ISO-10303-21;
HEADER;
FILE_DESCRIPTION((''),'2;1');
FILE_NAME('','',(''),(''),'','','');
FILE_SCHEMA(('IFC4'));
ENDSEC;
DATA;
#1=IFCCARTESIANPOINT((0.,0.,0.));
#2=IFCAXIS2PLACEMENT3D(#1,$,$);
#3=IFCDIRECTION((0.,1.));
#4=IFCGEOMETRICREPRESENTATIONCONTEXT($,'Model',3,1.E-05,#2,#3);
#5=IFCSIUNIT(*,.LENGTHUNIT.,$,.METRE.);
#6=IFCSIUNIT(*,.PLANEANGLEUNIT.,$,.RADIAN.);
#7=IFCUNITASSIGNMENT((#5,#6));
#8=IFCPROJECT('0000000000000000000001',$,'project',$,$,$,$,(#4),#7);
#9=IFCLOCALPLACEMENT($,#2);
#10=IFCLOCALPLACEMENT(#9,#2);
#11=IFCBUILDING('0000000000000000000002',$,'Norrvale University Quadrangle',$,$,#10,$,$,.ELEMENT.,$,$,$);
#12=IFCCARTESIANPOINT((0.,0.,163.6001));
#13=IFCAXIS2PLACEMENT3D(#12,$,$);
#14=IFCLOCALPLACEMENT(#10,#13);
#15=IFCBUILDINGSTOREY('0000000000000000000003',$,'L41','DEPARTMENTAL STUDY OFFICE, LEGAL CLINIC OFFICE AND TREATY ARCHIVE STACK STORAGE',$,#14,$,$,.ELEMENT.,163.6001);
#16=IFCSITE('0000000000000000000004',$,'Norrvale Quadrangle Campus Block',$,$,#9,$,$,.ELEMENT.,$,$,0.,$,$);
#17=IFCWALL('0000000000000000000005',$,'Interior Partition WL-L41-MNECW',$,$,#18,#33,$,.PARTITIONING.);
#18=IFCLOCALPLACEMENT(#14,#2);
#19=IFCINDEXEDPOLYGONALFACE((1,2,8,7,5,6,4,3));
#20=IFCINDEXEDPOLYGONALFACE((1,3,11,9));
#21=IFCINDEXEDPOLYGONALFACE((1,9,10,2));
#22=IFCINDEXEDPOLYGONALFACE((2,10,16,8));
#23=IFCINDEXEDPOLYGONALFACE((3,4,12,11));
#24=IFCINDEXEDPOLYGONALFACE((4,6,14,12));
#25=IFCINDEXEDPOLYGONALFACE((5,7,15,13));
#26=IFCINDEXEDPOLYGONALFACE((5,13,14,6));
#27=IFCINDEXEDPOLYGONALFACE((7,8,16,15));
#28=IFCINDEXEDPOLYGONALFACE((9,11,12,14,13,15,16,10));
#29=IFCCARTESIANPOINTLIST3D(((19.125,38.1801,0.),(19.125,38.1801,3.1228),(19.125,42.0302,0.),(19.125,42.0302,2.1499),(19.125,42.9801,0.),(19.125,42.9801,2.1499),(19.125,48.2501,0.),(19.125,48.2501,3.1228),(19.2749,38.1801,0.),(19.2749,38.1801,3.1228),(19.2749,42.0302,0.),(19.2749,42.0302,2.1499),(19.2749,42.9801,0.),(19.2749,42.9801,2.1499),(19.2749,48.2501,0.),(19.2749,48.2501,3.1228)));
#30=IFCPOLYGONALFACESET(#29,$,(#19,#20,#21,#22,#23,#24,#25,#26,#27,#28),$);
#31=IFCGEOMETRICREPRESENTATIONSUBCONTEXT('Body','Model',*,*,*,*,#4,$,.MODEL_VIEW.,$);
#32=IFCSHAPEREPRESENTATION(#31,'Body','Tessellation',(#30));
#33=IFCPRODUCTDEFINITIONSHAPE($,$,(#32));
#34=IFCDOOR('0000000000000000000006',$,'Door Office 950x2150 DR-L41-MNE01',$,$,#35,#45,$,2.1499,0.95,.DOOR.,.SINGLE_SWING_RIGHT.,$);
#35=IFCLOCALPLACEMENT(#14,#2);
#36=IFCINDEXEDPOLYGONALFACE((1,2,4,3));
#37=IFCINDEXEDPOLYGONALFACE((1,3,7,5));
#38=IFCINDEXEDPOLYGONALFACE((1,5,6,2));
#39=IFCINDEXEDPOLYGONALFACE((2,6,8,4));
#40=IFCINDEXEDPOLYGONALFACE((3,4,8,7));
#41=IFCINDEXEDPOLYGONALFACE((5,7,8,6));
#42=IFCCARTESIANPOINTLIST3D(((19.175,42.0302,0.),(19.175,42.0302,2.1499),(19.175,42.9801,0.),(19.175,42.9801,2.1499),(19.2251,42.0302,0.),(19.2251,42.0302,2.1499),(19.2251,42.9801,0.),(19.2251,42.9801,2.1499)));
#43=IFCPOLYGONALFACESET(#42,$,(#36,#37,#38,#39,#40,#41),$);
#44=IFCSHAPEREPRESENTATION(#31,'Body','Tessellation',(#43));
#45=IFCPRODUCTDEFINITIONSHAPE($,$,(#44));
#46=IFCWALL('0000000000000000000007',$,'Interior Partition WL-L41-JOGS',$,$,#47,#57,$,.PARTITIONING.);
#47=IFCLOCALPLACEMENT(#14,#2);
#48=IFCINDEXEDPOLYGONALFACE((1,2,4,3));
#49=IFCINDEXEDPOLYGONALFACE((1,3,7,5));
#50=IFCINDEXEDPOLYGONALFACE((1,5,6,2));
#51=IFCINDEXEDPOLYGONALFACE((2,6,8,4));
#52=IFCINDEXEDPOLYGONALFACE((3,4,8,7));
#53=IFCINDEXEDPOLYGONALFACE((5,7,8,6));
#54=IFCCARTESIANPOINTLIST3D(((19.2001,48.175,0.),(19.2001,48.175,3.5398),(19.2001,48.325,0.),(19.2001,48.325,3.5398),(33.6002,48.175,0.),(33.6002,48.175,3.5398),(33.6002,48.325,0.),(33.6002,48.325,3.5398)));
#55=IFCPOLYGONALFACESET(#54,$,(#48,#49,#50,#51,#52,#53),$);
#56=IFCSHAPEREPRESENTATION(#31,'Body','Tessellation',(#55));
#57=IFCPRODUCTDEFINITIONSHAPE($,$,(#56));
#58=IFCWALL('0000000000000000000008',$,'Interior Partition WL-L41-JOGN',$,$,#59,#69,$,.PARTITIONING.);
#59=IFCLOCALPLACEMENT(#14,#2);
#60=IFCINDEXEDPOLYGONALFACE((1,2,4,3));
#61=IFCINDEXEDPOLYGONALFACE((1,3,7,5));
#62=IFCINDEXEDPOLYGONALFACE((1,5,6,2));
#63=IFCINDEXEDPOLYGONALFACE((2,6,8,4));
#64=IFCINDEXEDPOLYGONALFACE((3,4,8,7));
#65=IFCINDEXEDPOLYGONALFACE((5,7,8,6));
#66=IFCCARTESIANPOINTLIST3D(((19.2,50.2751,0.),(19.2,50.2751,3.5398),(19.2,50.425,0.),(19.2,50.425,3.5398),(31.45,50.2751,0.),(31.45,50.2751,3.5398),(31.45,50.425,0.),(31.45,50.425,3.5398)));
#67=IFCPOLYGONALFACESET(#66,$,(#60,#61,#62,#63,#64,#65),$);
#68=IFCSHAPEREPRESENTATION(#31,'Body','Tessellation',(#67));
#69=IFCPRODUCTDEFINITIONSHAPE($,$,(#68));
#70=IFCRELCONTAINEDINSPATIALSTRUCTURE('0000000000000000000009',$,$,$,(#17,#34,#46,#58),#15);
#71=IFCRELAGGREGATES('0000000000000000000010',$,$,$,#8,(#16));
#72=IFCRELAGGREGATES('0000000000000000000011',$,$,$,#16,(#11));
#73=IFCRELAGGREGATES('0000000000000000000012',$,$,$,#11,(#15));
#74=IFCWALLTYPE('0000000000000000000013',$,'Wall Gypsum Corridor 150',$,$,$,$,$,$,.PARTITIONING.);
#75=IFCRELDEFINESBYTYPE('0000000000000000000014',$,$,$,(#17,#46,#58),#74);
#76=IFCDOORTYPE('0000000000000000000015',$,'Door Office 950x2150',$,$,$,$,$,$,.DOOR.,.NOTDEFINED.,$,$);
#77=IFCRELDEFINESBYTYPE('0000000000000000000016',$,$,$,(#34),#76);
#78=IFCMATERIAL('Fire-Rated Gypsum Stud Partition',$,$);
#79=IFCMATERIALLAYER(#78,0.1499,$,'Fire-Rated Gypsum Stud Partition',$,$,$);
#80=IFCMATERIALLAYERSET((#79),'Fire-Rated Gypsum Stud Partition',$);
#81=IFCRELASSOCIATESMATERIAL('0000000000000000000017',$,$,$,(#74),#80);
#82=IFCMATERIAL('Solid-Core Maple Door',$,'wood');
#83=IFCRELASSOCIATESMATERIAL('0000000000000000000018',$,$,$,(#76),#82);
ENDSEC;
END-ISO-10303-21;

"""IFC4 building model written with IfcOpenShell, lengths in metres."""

from ifc_helpers import new_model, si_unit, direction, frame, frame_2d, origin, place, context, subcontext, project, spatial, rectangle, extrude, material, layer, layer_set, type_object, element, fill, save


model = new_model("IFC4")

# Units and contexts
model_context = context("Model", 3, precision=1e-05, world=origin(), true_north=direction((0.0, 1.0)))
body_context = subcontext(model_context, "Body", "Model", "MODEL_VIEW")
ifc_project = project(units=[si_unit("LENGTHUNIT", "METRE"), si_unit("PLANEANGLEUNIT", "RADIAN")], contexts=[model_context])

# Site, building, storey
site_placement = place(None, origin())
site = spatial("IfcSite", under=ifc_project, at=site_placement, Name="Norrvale Quadrangle Campus Block", CompositionType="ELEMENT", RefElevation=0.0)
building_placement = place(site_placement, origin())
building = spatial("IfcBuilding", under=site, at=building_placement, Name="Norrvale University Quadrangle", CompositionType="ELEMENT")
storey_placement = place(building_placement, frame((0.0, 0.0, 163.6001)))
storey = spatial("IfcBuildingStorey", under=building, at=storey_placement, Name="L41", Description="DEPARTMENTAL STUDY OFFICE, LEGAL CLINIC OFFICE AND TREATY ARCHIVE STACK STORAGE", CompositionType="ELEMENT", Elevation=163.6001)

# Shared definitions
ifc_material_1 = material(Name="Fire-Rated Gypsum Stud Partition")
ifc_layer_1 = layer(ifc_material_1, 0.1499, Name="Fire-Rated Gypsum Stud Partition")
ifc_layer_set_1 = layer_set([ifc_layer_1], Name="Fire-Rated Gypsum Stud Partition")
wall_type_1 = type_object("IfcWallType", Name="Wall Gypsum Corridor 150", PredefinedType="PARTITIONING", material=ifc_layer_set_1)

# Wall, opening, door
wall_1_placement = place(storey_placement, frame((19.2, 38.1799, 0.0), z_axis=(0.0, 0.0, 1.0), x_axis=(0.0, 1.0, 0.0)))
wall_1 = element("IfcWall", 1, at=wall_1_placement, inside=storey, type_object=wall_type_1, Name="Interior Partition WL-L41-MNECW", PredefinedType="PARTITIONING", context=body_context, shape_type="SweptSolid", body=[
    extrude(rectangle(XDim=10.0701, YDim=0.1499, at=frame_2d((5.0352, 0.0))), origin(), (0.0, 0.0, 1.0), 3.1228),
])
opening_placement = place(wall_1_placement, frame((3.8501, 0.0, 0.0)))
opening = element("IfcOpeningElement", 2, at=opening_placement, cuts=wall_1, PredefinedType="OPENING", context=body_context, shape_type="SweptSolid", body=[
    extrude(rectangle(XDim=0.95, YDim=2.1499, at=frame_2d((0.4751, 1.075))), frame((0.0, 0.0869, 0.0), z_axis=(0.0, -1.0, 0.0), x_axis=(1.0, 0.0, 0.0)), (0.0, 0.0, 1.0), 0.1738),
])
ifc_material_2 = material(Name="Solid-Core Maple Door", Category="wood")
door_type = type_object("IfcDoorType", Name="Door Office 950x2150", OperationType="NOTDEFINED", PredefinedType="DOOR", material=ifc_material_2)
door_placement = place(opening_placement, origin())
door = element("IfcDoor", 3, at=door_placement, inside=storey, type_object=door_type, Name="Door Office 950x2150 DR-L41-MNE01", OperationType="SINGLE_SWING_RIGHT", OverallHeight=2.1499, OverallWidth=0.95, PredefinedType="DOOR", context=body_context, shape_type="SweptSolid", body=[
    extrude(rectangle(XDim=0.95, YDim=2.1499, at=frame_2d((0.4751, 1.075))), frame((0.0, 0.0249, 0.0), z_axis=(0.0, -1.0, 0.0), x_axis=(1.0, 0.0, 0.0)), (0.0, 0.0, 1.0), 0.05),
])
fill(opening, door)

# Walls
wall_2_placement = place(storey_placement, frame((19.2, 48.25, 0.0), z_axis=(0.0, 0.0, 1.0), x_axis=(1.0, 0.0, 0.0)))
element("IfcWall", 4, at=wall_2_placement, inside=storey, type_object=wall_type_1, Name="Interior Partition WL-L41-JOGS", PredefinedType="PARTITIONING", context=body_context, shape_type="SweptSolid", body=[
    extrude(rectangle(XDim=14.4001, YDim=0.1499, at=frame_2d((7.2002, 0.0))), origin(), (0.0, 0.0, 1.0), 3.5398),
])
wall_3_placement = place(storey_placement, frame((19.2, 50.3501, 0.0), z_axis=(0.0, 0.0, 1.0), x_axis=(1.0, 0.0, 0.0)))
element("IfcWall", 5, at=wall_3_placement, inside=storey, type_object=wall_type_1, Name="Interior Partition WL-L41-JOGN", PredefinedType="PARTITIONING", context=body_context, shape_type="SweptSolid", body=[
    extrude(rectangle(XDim=12.25, YDim=0.1499, at=frame_2d((6.125, 0.0))), origin(), (0.0, 0.0, 1.0), 3.5398),
])

save(model, "model.ifc")
